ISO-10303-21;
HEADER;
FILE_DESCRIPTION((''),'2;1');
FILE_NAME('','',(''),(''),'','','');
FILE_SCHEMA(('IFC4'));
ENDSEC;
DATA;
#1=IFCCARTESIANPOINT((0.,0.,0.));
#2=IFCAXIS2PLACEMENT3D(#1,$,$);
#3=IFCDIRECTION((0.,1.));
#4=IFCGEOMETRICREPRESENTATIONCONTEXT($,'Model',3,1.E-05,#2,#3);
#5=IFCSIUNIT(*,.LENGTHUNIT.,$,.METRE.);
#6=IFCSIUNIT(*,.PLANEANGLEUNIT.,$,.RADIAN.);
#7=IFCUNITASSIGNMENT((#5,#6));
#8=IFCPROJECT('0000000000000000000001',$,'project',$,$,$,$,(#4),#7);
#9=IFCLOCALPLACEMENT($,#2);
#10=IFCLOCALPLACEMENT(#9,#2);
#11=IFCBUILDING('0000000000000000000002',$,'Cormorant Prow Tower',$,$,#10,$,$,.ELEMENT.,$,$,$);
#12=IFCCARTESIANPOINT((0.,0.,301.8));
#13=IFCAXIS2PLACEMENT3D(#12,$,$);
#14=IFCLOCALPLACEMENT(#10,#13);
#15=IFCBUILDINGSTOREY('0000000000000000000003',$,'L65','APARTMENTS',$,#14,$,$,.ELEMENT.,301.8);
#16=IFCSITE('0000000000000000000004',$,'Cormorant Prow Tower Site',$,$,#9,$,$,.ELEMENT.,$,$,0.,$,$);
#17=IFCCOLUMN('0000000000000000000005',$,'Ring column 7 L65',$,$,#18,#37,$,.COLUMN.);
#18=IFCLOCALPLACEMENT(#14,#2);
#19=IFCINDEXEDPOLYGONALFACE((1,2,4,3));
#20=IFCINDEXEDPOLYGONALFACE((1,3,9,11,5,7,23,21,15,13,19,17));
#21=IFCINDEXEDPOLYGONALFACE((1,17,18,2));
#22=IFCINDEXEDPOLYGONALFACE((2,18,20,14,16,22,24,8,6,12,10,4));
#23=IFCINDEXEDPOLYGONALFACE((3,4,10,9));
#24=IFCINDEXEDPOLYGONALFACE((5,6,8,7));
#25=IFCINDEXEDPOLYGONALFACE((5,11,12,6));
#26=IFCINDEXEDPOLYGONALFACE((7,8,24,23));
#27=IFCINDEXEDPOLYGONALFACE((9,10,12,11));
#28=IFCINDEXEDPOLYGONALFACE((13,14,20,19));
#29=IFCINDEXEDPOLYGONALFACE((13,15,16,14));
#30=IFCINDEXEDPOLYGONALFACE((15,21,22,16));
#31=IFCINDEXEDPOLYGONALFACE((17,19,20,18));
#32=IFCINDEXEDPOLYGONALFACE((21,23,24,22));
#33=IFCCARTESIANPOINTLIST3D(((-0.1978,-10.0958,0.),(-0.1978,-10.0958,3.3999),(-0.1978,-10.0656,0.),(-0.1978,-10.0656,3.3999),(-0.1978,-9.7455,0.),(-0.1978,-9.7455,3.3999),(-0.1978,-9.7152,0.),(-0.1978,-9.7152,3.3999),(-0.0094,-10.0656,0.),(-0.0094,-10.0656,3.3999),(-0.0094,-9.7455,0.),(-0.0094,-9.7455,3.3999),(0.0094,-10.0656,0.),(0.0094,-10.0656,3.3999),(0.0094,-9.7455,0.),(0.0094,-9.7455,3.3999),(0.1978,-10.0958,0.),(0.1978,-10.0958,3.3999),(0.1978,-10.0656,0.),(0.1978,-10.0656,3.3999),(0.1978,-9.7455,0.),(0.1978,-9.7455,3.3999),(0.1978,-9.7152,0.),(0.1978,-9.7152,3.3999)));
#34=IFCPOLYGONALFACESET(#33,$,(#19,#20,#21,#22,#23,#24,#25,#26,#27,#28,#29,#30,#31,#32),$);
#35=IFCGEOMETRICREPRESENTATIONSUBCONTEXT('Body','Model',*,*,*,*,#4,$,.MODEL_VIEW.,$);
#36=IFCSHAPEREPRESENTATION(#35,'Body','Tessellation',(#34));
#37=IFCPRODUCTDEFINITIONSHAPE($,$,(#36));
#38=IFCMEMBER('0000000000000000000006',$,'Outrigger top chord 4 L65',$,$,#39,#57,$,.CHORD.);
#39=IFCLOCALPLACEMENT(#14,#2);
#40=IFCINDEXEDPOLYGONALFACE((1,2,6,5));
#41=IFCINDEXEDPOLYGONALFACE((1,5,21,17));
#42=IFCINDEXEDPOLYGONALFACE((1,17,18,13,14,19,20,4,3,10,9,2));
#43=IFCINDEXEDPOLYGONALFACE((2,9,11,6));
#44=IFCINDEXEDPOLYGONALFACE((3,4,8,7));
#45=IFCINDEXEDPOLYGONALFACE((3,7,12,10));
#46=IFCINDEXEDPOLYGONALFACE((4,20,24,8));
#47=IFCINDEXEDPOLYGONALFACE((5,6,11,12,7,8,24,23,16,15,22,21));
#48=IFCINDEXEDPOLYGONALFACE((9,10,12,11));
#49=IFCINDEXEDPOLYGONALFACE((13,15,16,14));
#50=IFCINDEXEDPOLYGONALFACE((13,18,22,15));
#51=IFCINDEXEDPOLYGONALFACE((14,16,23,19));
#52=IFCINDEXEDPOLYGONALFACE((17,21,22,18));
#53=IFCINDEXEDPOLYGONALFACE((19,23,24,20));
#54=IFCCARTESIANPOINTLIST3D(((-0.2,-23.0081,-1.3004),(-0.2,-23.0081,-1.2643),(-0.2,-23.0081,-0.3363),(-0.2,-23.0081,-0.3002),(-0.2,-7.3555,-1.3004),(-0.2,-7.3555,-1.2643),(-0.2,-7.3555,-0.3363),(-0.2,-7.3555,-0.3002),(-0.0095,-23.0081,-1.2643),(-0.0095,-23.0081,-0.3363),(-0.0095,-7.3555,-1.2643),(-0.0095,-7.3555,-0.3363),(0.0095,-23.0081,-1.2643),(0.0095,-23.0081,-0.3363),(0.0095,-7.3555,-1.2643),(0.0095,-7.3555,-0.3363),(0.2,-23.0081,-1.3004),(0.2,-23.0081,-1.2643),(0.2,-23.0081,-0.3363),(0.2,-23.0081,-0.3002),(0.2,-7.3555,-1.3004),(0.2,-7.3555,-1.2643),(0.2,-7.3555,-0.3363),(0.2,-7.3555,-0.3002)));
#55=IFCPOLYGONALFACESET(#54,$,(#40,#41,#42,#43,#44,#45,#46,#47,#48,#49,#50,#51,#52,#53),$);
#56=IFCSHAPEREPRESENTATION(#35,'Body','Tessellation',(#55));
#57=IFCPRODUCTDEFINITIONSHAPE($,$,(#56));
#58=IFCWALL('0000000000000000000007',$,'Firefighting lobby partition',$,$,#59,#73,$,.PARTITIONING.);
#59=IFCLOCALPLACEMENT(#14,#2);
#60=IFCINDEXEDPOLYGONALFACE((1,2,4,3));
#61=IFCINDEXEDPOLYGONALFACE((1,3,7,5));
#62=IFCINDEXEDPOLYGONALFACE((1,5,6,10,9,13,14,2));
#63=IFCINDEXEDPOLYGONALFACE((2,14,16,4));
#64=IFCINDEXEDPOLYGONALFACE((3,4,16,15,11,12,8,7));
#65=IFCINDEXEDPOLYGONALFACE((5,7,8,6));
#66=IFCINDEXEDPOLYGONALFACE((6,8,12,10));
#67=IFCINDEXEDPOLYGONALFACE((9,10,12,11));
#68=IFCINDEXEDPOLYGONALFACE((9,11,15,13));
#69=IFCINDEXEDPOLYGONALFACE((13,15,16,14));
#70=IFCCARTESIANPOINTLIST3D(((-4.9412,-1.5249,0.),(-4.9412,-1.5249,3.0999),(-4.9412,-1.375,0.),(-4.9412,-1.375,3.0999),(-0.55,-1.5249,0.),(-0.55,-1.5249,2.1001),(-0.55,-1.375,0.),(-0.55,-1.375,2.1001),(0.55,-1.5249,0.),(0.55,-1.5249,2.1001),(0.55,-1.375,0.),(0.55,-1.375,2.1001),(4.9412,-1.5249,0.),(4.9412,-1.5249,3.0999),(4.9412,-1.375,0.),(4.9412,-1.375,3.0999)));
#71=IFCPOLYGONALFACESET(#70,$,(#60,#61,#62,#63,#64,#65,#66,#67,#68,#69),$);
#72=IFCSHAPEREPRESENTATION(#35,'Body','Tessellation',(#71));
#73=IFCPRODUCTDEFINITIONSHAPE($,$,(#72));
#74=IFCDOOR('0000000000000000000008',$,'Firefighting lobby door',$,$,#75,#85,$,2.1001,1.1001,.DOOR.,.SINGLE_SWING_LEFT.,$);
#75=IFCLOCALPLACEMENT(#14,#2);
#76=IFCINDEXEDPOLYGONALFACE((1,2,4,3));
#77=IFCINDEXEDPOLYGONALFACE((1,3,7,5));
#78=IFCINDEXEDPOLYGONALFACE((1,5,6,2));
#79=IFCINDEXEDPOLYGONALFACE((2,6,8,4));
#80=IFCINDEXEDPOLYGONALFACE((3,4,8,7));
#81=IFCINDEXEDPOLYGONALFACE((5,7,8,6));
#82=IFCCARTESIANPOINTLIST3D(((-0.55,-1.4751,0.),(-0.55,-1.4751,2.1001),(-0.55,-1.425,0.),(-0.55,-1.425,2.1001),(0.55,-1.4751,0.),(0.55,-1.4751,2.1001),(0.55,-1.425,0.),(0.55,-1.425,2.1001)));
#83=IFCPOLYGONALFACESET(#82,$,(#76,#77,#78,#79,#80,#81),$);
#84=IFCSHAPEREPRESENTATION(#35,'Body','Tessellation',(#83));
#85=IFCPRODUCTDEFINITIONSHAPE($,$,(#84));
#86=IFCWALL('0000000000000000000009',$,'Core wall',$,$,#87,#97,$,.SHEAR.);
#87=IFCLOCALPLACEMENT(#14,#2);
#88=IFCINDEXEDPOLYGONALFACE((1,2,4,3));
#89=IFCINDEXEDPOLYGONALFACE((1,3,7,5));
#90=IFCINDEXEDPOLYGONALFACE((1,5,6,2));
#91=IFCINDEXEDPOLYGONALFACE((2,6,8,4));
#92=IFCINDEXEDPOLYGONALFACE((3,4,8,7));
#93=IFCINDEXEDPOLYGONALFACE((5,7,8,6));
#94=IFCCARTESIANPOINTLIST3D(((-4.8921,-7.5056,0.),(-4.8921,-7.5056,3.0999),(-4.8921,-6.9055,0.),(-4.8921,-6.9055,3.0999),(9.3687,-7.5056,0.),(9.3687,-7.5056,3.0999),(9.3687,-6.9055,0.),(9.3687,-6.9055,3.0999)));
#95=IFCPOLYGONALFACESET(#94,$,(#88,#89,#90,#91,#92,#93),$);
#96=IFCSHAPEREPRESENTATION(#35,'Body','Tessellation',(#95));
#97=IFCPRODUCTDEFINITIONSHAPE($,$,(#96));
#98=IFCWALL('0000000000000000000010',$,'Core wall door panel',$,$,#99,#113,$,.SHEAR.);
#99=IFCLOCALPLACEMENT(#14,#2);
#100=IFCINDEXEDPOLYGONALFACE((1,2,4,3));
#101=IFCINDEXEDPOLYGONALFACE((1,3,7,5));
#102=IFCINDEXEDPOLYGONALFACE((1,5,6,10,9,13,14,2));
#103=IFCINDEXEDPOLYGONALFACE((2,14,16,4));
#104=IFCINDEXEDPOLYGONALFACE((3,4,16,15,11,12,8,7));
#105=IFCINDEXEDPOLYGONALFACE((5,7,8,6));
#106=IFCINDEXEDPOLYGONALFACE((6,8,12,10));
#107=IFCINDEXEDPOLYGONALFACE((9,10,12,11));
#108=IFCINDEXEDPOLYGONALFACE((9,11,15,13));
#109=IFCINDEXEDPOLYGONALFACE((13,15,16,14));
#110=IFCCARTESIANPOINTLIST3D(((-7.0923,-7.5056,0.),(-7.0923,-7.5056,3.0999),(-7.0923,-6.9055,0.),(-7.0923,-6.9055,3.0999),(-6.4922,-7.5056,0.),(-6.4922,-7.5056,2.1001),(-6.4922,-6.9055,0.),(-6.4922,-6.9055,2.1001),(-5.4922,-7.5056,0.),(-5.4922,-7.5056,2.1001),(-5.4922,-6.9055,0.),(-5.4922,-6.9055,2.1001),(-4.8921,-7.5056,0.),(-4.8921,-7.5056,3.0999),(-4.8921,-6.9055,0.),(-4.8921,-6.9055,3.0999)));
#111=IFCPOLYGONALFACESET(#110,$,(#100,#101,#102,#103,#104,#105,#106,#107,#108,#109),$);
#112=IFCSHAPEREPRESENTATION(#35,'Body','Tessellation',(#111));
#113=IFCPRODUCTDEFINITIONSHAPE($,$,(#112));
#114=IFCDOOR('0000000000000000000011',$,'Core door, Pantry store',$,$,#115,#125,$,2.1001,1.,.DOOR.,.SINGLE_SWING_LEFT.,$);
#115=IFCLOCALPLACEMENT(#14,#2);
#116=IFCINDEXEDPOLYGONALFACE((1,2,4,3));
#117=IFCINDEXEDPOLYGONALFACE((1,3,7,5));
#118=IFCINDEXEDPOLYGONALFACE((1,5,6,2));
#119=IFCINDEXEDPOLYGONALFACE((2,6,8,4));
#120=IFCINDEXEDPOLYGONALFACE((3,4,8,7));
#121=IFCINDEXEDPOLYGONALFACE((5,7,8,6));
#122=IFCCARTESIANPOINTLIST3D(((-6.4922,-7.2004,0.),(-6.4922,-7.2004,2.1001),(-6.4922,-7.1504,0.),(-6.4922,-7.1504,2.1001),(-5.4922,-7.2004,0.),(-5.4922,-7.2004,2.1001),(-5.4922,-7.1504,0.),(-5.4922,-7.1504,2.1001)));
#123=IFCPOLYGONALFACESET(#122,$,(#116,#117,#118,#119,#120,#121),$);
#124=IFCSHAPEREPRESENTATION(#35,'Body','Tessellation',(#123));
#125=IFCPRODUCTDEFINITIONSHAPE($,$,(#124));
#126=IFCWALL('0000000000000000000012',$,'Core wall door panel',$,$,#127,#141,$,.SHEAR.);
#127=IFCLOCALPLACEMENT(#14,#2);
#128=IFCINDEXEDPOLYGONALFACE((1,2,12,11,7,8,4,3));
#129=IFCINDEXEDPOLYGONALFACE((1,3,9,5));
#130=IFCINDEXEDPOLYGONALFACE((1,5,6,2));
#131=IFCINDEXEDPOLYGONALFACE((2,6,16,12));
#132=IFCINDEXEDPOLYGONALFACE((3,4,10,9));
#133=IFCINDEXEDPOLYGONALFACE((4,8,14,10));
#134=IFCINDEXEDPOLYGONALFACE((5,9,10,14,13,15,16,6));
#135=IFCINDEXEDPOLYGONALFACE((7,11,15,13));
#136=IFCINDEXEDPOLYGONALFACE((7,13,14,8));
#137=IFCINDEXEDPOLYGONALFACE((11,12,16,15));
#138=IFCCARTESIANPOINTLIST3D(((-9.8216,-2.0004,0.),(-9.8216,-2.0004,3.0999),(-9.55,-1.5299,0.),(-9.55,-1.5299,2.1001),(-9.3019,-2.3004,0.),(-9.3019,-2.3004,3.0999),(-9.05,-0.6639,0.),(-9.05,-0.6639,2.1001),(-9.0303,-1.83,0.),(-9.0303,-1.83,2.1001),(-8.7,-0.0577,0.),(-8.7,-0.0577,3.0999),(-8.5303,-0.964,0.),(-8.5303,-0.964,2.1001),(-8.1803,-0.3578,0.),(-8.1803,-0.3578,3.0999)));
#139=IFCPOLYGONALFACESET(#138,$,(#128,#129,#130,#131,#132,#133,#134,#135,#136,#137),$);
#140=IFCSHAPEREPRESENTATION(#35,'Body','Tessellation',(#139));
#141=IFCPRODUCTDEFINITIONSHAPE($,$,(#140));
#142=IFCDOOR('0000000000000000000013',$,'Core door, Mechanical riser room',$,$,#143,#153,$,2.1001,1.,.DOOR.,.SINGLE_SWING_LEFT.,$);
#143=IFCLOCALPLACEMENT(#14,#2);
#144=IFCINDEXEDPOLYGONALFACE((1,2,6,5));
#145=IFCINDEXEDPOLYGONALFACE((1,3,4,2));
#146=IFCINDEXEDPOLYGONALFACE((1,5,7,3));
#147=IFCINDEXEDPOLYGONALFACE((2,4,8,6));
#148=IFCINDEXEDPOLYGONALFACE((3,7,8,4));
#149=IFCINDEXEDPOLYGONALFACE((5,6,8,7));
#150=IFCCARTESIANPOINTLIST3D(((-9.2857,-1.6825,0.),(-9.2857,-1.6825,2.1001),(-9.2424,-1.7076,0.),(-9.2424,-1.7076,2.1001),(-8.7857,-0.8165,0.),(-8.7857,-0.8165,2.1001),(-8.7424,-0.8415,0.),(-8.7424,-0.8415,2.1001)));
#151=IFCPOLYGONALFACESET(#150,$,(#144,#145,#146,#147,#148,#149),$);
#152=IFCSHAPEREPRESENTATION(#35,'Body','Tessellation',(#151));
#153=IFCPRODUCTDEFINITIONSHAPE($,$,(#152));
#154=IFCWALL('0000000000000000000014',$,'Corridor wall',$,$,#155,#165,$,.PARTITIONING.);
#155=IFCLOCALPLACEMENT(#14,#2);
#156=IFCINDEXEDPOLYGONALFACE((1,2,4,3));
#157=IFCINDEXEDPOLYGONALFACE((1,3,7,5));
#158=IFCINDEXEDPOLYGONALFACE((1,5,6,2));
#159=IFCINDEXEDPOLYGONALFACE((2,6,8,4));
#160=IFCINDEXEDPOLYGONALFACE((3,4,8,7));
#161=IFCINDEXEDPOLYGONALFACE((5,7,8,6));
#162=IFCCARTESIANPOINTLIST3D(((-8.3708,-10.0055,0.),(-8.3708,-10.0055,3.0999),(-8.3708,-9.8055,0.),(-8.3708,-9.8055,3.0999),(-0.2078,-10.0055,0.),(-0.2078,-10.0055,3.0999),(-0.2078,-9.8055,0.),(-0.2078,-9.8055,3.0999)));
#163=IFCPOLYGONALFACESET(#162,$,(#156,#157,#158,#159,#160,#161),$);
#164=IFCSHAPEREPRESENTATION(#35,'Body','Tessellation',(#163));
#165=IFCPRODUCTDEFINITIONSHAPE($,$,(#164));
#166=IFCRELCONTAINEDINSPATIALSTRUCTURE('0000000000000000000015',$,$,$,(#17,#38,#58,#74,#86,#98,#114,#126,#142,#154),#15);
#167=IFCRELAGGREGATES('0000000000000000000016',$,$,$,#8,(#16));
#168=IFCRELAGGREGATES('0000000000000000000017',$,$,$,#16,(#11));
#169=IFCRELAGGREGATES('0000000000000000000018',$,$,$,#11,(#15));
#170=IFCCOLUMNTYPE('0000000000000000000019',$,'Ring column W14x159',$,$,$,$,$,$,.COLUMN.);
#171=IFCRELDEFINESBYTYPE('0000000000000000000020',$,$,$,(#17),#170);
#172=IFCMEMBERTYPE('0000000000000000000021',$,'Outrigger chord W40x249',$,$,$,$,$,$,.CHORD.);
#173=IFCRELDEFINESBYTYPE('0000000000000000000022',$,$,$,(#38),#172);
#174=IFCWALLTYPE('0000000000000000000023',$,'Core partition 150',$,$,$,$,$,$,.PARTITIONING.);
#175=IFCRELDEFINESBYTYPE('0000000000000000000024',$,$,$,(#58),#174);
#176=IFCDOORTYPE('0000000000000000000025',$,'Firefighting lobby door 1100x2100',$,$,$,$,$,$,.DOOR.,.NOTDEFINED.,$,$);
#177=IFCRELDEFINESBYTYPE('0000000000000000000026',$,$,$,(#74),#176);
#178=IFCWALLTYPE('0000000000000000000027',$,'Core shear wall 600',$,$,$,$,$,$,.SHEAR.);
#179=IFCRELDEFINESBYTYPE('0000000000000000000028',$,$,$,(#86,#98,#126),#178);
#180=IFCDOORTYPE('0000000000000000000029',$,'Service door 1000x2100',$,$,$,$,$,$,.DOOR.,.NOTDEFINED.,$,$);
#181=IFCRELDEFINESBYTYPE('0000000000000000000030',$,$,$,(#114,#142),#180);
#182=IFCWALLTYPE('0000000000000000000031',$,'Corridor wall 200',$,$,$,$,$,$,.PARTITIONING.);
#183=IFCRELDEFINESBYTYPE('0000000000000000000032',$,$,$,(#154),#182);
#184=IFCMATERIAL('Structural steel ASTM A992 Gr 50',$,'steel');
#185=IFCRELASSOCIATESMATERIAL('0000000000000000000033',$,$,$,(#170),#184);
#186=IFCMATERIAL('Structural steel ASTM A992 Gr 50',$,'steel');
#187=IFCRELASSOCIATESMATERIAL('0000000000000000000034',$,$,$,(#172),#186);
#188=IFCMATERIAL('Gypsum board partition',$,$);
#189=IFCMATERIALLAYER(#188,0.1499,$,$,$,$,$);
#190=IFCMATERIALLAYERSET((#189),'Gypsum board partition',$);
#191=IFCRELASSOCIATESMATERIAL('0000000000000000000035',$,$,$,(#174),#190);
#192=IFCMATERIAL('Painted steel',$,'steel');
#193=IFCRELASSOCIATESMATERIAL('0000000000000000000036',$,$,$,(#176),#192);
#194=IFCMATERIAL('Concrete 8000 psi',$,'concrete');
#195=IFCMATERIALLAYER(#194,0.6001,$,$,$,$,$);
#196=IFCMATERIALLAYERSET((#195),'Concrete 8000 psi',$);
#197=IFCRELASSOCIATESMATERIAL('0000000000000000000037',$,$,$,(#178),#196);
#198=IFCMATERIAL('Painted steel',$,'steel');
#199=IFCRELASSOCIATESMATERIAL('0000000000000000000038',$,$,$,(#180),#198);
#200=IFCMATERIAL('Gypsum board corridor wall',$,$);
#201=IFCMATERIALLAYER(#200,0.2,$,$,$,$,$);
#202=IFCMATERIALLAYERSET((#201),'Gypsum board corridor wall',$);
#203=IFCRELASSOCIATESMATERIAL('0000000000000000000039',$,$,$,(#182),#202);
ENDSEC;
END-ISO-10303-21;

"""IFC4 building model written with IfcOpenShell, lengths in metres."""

from ifc_helpers import new_model, si_unit, direction, frame, frame_2d, origin, origin_2d, place, context, subcontext, project, spatial, rectangle, i_section, extrude, material, layer, layer_set, material_profile, profile_set, type_object, element, fill, save


model = new_model("IFC4")

# Units and contexts
model_context = context("Model", 3, precision=1e-05, world=origin(), true_north=direction((0.0, 1.0)))
body_context = subcontext(model_context, "Body", "Model", "MODEL_VIEW")
ifc_project = project(units=[si_unit("LENGTHUNIT", "METRE"), si_unit("PLANEANGLEUNIT", "RADIAN")], contexts=[model_context])

# Site, building, storey
site_placement = place(None, origin())
site = spatial("IfcSite", under=ifc_project, at=site_placement, Name="Cormorant Prow Tower Site", CompositionType="ELEMENT", RefElevation=0.0)
building_placement = place(site_placement, origin())
building = spatial("IfcBuilding", under=site, at=building_placement, Name="Cormorant Prow Tower", CompositionType="ELEMENT")
storey_placement = place(building_placement, frame((0.0, 0.0, 301.8)))
storey = spatial("IfcBuildingStorey", under=building, at=storey_placement, Name="L65", Description="APARTMENTS", CompositionType="ELEMENT", Elevation=301.8)

# Column
ifc_material_1 = material(Name="Structural steel ASTM A992 Gr 50", Category="steel")
ifc_material_profile_1 = material_profile(ifc_material_1, i_section(OverallWidth=0.3955, OverallDepth=0.3806, WebThickness=0.0188, FlangeThickness=0.0303, at=origin_2d()), Name="W14x159")
ifc_profile_set_1 = profile_set([ifc_material_profile_1], Name="Structural steel ASTM A992 Gr 50")
column_type = type_object("IfcColumnType", Name="Ring column W14x159", PredefinedType="COLUMN", material=ifc_profile_set_1)
column_placement = place(storey_placement, frame((0.0, -9.9055, 0.0), z_axis=(0.0, 0.0, 1.0), x_axis=(1.0, 0.0, 0.0)))
element("IfcColumn", 1, at=column_placement, inside=storey, type_object=column_type, Name="Ring column 7 L65", PredefinedType="COLUMN", context=body_context, shape_type="SweptSolid", body=[
    extrude(i_section(OverallWidth=0.3955, OverallDepth=0.3806, WebThickness=0.0188, FlangeThickness=0.0303, at=origin_2d()), origin(), (0.0, 0.0, 1.0), 3.3999),
])

# Member
ifc_material_2 = material(Name="Structural steel ASTM A992 Gr 50", Category="steel")
ifc_material_profile_2 = material_profile(ifc_material_2, i_section(OverallWidth=0.3999, OverallDepth=1.0002, WebThickness=0.019, FlangeThickness=0.0361, at=origin_2d()), Name="W40x249")
ifc_profile_set_2 = profile_set([ifc_material_profile_2], Name="Structural steel ASTM A992 Gr 50")
member_type = type_object("IfcMemberType", Name="Outrigger chord W40x249", PredefinedType="CHORD", material=ifc_profile_set_2)
member_placement = place(storey_placement, frame((0.0, -7.3555, -0.8003), z_axis=(0.0, -1.0, 0.0), x_axis=(1.0, 0.0, 0.0)))
element("IfcMember", 2, at=member_placement, inside=storey, type_object=member_type, Name="Outrigger top chord 4 L65", PredefinedType="CHORD", context=body_context, shape_type="SweptSolid", body=[
    extrude(i_section(OverallWidth=0.3999, OverallDepth=1.0002, WebThickness=0.019, FlangeThickness=0.0361, at=origin_2d()), origin(), (0.0, 0.0, 1.0), 15.6526),
])

# Wall, opening, door
ifc_material_3 = material(Name="Gypsum board partition")
ifc_layer_1 = layer(ifc_material_3, 0.1499)
ifc_layer_set_1 = layer_set([ifc_layer_1], Name="Gypsum board partition")
wall_type_1 = type_object("IfcWallType", Name="Core partition 150", PredefinedType="PARTITIONING", material=ifc_layer_set_1)
wall_1_placement = place(storey_placement, frame((-4.9412, -1.45, 0.0), z_axis=(0.0, 0.0, 1.0), x_axis=(1.0, 0.0, 0.0)))
wall_1 = element("IfcWall", 3, at=wall_1_placement, inside=storey, type_object=wall_type_1, Name="Firefighting lobby partition", PredefinedType="PARTITIONING", context=body_context, shape_type="SweptSolid", body=[
    extrude(rectangle(XDim=9.8823, YDim=0.1499, at=frame_2d((4.9412, 0.0))), origin(), (0.0, 0.0, 1.0), 3.0999),
])
opening_1_placement = place(wall_1_placement, frame((4.3911, 0.0, 0.0)))
opening_1 = element("IfcOpeningElement", 4, at=opening_1_placement, cuts=wall_1, PredefinedType="OPENING", context=body_context, shape_type="SweptSolid", body=[
    extrude(rectangle(XDim=1.1001, YDim=2.1001, at=frame_2d((0.55, 1.05))), frame((0.0, 0.085, 0.0), z_axis=(0.0, -1.0, 0.0), x_axis=(1.0, 0.0, 0.0)), (0.0, 0.0, 1.0), 0.1699),
])
ifc_material_4 = material(Name="Painted steel", Category="steel")
door_type_1 = type_object("IfcDoorType", Name="Firefighting lobby door 1100x2100", OperationType="NOTDEFINED", PredefinedType="DOOR", material=ifc_material_4)
door_1_placement = place(opening_1_placement, origin())
door_1 = element("IfcDoor", 5, at=door_1_placement, inside=storey, type_object=door_type_1, Name="Firefighting lobby door", OperationType="SINGLE_SWING_LEFT", OverallHeight=2.1001, OverallWidth=1.1001, PredefinedType="DOOR", context=body_context, shape_type="SweptSolid", body=[
    extrude(rectangle(XDim=1.1001, YDim=2.1001, at=frame_2d((0.55, 1.05))), frame((0.0, 0.0249, 0.0), z_axis=(0.0, -1.0, 0.0), x_axis=(1.0, 0.0, 0.0)), (0.0, 0.0, 1.0), 0.05),
])
fill(opening_1, door_1)

# Wall
ifc_material_5 = material(Name="Concrete 8000 psi", Category="concrete")
ifc_layer_2 = layer(ifc_material_5, 0.6001)
ifc_layer_set_2 = layer_set([ifc_layer_2], Name="Concrete 8000 psi")
wall_type_2 = type_object("IfcWallType", Name="Core shear wall 600", PredefinedType="SHEAR", material=ifc_layer_set_2)
wall_2_placement = place(storey_placement, frame((-4.8921, -7.2056, 0.0), z_axis=(0.0, 0.0, 1.0), x_axis=(1.0, 0.0, 0.0)))
element("IfcWall", 6, at=wall_2_placement, inside=storey, type_object=wall_type_2, Name="Core wall", PredefinedType="SHEAR", context=body_context, shape_type="SweptSolid", body=[
    extrude(rectangle(XDim=14.2607, YDim=0.6001, at=frame_2d((7.1304, 0.0))), origin(), (0.0, 0.0, 1.0), 3.0999),
])

# Walls, openings, doors
wall_3_placement = place(storey_placement, frame((-7.0923, -7.2056, 0.0), z_axis=(0.0, 0.0, 1.0), x_axis=(1.0, 0.0, 0.0)))
wall_3 = element("IfcWall", 7, at=wall_3_placement, inside=storey, type_object=wall_type_2, Name="Core wall door panel", PredefinedType="SHEAR", context=body_context, shape_type="SweptSolid", body=[
    extrude(rectangle(XDim=2.2002, YDim=0.6001, at=frame_2d((1.1001, 0.0))), origin(), (0.0, 0.0, 1.0), 3.0999),
])
opening_2_placement = place(wall_3_placement, frame((0.6001, 0.0, 0.0)))
opening_2 = element("IfcOpeningElement", 8, at=opening_2_placement, cuts=wall_3, PredefinedType="OPENING", context=body_context, shape_type="SweptSolid", body=[
    extrude(rectangle(XDim=1.0, YDim=2.1001, at=frame_2d((0.5, 1.05))), frame((0.0, 0.3101, 0.0), z_axis=(0.0, -1.0, 0.0), x_axis=(1.0, 0.0, 0.0)), (0.0, 0.0, 1.0), 0.6201),
])
ifc_material_6 = material(Name="Painted steel", Category="steel")
door_type_2 = type_object("IfcDoorType", Name="Service door 1000x2100", OperationType="NOTDEFINED", PredefinedType="DOOR", material=ifc_material_6)
door_2_placement = place(opening_2_placement, origin())
door_2 = element("IfcDoor", 9, at=door_2_placement, inside=storey, type_object=door_type_2, Name="Core door, Pantry store", OperationType="SINGLE_SWING_LEFT", OverallHeight=2.1001, OverallWidth=1.0, PredefinedType="DOOR", context=body_context, shape_type="SweptSolid", body=[
    extrude(rectangle(XDim=1.0, YDim=2.1001, at=frame_2d((0.5, 1.05))), frame((0.0, 0.0552, 0.0), z_axis=(0.0, -1.0, 0.0), x_axis=(1.0, 0.0, 0.0)), (0.0, 0.0, 1.0), 0.05),
])
fill(opening_2, door_2)
wall_4_placement = place(storey_placement, frame((-8.4402, -0.2078, 0.0), z_axis=(0.0, 0.0, 1.0), x_axis=(-0.500002, -0.866024, 0.0)))
wall_4 = element("IfcWall", 10, at=wall_4_placement, inside=storey, type_object=wall_type_2, Name="Core wall door panel", PredefinedType="SHEAR", context=body_context, shape_type="SweptSolid", body=[
    extrude(rectangle(XDim=2.2432, YDim=0.6001, at=frame_2d((1.1216, 0.0))), origin(), (0.0, 0.0, 1.0), 3.0999),
])
opening_3_placement = place(wall_4_placement, frame((0.7, 0.0, 0.0)))
opening_3 = element("IfcOpeningElement", 11, at=opening_3_placement, cuts=wall_4, PredefinedType="OPENING", context=body_context, shape_type="SweptSolid", body=[
    extrude(rectangle(XDim=1.0, YDim=2.1001, at=frame_2d((0.5, 1.05))), frame((0.0, 0.3101, 0.0), z_axis=(0.0, -1.0, 0.0), x_axis=(1.0, 0.0, 0.0)), (0.0, 0.0, 1.0), 0.6201),
])
door_3_placement = place(opening_3_placement, origin())
door_3 = element("IfcDoor", 12, at=door_3_placement, inside=storey, type_object=door_type_2, Name="Core door, Mechanical riser room", OperationType="SINGLE_SWING_LEFT", OverallHeight=2.1001, OverallWidth=1.0, PredefinedType="DOOR", context=body_context, shape_type="SweptSolid", body=[
    extrude(rectangle(XDim=1.0, YDim=2.1001, at=frame_2d((0.5, 1.05))), frame((0.0, 0.0552, 0.0), z_axis=(0.0, -1.0, 0.0), x_axis=(1.0, 0.0, 0.0)), (0.0, 0.0, 1.0), 0.05),
])
fill(opening_3, door_3)

# Wall
ifc_material_7 = material(Name="Gypsum board corridor wall")
ifc_layer_3 = layer(ifc_material_7, 0.2)
ifc_layer_set_3 = layer_set([ifc_layer_3], Name="Gypsum board corridor wall")
wall_type_3 = type_object("IfcWallType", Name="Corridor wall 200", PredefinedType="PARTITIONING", material=ifc_layer_set_3)
wall_5_placement = place(storey_placement, frame((-8.3708, -9.9055, 0.0), z_axis=(0.0, 0.0, 1.0), x_axis=(1.0, 0.0, 0.0)))
element("IfcWall", 13, at=wall_5_placement, inside=storey, type_object=wall_type_3, Name="Corridor wall", PredefinedType="PARTITIONING", context=body_context, shape_type="SweptSolid", body=[
    extrude(rectangle(XDim=8.1631, YDim=0.2, at=frame_2d((4.0815, 0.0))), origin(), (0.0, 0.0, 1.0), 3.0999),
])

save(model, "model.ifc")
